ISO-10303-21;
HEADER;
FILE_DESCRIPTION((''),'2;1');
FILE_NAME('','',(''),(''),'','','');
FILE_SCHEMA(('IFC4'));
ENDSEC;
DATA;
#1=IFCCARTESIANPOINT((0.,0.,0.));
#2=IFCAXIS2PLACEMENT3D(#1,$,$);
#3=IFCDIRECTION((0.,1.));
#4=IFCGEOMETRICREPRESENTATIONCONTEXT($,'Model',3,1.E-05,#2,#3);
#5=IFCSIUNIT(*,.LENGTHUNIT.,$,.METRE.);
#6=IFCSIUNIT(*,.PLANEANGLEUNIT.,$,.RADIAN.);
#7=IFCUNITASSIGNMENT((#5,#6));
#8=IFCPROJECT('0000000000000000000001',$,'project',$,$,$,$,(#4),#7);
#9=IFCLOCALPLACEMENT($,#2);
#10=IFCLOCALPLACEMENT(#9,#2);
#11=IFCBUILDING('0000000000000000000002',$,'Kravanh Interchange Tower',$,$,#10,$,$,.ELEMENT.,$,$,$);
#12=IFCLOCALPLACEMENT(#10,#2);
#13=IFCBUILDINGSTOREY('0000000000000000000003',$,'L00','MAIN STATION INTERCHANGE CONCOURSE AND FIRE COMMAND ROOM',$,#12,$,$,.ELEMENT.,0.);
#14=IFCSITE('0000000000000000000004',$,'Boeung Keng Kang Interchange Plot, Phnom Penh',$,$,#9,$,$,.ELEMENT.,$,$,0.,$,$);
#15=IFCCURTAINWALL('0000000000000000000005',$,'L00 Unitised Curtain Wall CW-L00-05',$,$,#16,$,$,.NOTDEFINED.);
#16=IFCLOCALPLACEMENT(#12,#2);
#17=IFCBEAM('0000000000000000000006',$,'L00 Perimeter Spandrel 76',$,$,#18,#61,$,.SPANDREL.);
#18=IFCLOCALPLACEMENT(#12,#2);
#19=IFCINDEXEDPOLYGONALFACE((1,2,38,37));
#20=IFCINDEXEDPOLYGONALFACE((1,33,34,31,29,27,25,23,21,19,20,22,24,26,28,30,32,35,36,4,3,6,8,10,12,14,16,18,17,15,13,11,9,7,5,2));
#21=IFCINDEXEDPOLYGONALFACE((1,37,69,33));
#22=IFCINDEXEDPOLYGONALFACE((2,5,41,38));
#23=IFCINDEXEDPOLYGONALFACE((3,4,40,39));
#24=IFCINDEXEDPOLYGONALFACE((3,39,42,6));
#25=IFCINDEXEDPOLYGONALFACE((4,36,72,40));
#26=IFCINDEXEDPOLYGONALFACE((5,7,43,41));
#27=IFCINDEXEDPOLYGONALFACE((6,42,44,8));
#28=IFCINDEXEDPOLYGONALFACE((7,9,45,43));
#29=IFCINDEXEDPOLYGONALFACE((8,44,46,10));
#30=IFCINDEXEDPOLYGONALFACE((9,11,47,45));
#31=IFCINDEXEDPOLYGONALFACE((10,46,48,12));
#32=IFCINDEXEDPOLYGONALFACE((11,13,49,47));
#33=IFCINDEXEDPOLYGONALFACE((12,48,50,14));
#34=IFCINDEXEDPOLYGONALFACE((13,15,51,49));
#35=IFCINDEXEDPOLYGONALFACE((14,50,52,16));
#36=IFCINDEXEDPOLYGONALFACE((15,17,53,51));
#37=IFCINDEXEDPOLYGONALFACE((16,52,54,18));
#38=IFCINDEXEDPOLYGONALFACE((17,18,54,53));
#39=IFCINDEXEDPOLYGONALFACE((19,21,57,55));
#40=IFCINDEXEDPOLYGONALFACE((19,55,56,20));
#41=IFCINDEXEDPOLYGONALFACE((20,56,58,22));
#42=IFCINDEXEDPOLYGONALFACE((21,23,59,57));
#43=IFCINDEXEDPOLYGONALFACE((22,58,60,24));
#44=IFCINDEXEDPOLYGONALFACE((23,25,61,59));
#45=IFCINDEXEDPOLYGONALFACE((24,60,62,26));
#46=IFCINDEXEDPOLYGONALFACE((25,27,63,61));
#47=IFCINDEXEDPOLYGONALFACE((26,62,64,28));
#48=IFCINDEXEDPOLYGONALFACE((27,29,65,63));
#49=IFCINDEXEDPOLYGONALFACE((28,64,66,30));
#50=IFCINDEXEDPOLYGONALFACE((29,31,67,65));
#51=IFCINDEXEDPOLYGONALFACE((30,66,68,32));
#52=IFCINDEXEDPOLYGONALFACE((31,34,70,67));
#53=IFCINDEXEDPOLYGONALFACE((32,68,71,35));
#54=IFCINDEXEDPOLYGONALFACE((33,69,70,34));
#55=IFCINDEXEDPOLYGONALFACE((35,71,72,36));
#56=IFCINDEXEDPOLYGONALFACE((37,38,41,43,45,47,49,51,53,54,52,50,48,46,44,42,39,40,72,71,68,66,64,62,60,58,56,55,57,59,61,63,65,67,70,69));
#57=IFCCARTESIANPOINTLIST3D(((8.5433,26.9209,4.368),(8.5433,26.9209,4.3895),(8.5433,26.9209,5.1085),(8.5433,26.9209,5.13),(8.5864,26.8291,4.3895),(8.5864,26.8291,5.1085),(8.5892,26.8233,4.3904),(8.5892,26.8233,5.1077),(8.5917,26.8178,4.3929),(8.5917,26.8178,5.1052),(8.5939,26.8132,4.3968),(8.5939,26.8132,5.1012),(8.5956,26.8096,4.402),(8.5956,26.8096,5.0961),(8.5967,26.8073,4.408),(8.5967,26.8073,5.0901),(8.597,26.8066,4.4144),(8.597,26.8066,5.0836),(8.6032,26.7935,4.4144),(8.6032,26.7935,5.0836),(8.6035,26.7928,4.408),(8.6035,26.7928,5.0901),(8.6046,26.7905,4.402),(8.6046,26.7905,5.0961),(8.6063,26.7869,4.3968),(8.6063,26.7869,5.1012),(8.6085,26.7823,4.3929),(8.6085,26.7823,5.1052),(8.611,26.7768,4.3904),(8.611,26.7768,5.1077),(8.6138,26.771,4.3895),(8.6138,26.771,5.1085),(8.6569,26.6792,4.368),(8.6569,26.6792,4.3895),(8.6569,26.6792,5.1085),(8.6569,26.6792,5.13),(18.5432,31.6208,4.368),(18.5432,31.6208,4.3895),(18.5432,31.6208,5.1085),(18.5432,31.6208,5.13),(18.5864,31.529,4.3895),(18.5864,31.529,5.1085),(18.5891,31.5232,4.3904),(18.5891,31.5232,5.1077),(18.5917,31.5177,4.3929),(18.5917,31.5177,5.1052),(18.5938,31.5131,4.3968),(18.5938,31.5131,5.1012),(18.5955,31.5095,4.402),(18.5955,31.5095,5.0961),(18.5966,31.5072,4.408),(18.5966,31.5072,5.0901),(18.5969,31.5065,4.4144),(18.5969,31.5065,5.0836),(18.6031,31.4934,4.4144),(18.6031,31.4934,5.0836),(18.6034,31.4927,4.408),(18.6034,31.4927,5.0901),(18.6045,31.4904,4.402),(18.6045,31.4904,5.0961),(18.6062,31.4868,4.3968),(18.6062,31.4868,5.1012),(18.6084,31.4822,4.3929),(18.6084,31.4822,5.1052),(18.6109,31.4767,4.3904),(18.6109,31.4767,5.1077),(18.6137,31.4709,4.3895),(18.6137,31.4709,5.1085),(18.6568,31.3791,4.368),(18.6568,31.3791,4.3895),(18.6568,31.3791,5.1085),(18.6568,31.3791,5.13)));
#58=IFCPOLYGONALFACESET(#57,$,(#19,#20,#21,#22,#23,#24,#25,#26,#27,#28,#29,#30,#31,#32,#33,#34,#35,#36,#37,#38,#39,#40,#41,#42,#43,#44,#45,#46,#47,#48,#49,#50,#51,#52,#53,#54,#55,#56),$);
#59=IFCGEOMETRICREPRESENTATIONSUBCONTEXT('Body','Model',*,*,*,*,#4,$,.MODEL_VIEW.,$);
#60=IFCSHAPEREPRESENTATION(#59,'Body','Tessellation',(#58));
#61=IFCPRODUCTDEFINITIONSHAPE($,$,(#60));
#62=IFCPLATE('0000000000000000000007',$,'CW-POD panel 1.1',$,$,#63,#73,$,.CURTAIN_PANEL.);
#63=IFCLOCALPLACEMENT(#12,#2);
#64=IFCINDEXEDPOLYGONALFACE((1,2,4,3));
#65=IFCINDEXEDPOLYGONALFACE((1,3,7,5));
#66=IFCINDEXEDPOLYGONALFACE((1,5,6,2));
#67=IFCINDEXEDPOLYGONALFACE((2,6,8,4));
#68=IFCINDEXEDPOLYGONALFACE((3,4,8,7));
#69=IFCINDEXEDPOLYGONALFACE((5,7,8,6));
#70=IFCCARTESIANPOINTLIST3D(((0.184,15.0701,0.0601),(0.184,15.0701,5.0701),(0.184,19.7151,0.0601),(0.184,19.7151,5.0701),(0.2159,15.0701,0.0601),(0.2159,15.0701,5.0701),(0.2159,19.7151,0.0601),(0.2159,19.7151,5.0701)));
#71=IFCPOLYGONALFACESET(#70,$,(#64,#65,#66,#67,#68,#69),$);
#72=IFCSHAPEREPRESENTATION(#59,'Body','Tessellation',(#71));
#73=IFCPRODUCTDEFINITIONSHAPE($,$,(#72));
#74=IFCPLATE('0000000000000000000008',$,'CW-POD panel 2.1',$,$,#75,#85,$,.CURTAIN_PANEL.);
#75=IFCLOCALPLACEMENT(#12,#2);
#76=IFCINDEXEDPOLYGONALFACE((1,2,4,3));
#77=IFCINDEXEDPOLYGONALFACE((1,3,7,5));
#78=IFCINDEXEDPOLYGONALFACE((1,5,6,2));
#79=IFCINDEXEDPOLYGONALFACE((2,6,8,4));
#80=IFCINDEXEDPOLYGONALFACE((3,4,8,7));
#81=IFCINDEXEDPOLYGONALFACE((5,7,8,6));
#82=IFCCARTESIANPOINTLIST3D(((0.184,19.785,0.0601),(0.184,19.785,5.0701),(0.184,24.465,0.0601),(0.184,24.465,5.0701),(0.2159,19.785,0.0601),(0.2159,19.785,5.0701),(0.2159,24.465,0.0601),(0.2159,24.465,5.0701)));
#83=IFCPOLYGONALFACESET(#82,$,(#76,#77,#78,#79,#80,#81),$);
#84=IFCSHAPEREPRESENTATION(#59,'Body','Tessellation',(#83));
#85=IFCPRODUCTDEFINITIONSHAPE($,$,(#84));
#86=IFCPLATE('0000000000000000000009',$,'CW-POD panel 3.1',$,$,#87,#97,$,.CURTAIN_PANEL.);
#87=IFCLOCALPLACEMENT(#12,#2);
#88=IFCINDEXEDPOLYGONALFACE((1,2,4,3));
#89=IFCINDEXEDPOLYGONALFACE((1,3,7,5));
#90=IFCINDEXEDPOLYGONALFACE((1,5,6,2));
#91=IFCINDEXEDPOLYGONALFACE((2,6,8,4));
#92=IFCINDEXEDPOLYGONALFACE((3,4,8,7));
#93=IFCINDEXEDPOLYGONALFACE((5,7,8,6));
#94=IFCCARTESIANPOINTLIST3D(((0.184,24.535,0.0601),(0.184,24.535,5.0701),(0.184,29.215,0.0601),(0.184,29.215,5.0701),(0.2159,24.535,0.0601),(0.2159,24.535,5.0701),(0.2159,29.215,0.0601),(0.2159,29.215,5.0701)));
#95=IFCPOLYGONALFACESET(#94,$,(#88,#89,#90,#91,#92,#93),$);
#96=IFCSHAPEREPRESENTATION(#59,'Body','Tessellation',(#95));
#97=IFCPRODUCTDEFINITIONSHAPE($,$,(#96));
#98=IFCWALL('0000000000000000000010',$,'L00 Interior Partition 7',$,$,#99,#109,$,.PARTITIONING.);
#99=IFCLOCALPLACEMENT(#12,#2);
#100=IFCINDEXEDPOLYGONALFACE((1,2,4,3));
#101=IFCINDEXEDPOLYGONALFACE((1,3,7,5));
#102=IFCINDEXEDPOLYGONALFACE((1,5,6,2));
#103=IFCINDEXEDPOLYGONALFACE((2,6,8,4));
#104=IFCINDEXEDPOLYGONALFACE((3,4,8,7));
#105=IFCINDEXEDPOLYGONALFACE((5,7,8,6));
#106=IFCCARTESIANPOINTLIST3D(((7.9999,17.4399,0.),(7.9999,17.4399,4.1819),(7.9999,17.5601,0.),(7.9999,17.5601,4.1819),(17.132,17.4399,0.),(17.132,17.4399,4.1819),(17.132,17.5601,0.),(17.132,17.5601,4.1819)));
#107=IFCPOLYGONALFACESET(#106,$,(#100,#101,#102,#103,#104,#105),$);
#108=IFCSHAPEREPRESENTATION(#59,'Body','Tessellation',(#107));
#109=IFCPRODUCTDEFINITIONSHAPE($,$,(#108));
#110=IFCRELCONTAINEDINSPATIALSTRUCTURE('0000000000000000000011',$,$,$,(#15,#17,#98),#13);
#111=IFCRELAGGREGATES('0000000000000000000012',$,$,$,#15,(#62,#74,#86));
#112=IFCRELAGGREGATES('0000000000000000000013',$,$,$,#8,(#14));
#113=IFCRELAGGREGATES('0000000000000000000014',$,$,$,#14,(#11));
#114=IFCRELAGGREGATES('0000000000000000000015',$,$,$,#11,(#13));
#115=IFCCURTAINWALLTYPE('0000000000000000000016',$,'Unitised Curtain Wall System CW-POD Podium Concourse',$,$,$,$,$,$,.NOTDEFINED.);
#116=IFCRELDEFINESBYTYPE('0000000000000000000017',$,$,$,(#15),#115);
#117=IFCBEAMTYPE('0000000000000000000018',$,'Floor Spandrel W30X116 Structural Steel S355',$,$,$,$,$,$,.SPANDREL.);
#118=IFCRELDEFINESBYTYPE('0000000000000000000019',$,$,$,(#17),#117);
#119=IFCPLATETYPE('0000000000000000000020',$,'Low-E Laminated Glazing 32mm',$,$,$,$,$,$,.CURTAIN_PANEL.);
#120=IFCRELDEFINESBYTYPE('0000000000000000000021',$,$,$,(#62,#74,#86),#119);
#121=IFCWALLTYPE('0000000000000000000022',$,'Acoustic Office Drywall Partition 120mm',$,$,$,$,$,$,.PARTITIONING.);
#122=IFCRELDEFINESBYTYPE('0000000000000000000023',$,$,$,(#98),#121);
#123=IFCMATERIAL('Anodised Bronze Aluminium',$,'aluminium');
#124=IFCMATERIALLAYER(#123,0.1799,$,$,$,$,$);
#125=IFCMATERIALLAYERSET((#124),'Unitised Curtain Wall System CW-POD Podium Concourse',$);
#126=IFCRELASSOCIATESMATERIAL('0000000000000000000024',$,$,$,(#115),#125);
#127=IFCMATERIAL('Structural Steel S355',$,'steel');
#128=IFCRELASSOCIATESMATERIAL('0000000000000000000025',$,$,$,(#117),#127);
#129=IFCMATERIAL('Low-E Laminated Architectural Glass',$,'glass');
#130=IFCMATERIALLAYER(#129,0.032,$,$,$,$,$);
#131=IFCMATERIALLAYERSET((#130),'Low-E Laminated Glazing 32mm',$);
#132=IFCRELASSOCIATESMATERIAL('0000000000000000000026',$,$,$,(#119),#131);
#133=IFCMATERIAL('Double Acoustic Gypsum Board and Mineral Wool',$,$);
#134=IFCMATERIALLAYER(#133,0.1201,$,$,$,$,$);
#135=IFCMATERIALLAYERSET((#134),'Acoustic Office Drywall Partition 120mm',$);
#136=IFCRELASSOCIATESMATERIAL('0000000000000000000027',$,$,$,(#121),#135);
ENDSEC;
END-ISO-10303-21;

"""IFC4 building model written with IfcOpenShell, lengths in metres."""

from ifc_helpers import new_model, si_unit, direction, frame, frame_2d, origin, origin_2d, place, context, subcontext, project, spatial, rectangle, i_section, extrude, material, layer, layer_set, material_profile, profile_set, type_object, element, aggregate, save


model = new_model("IFC4")

# Units and contexts
model_context = context("Model", 3, precision=1e-05, world=origin(), true_north=direction((0.0, 1.0)))
body_context = subcontext(model_context, "Body", "Model", "MODEL_VIEW")
ifc_project = project(units=[si_unit("LENGTHUNIT", "METRE"), si_unit("PLANEANGLEUNIT", "RADIAN")], contexts=[model_context])

# Site, building, storey
site_placement = place(None, origin())
site = spatial("IfcSite", under=ifc_project, at=site_placement, Name="Boeung Keng Kang Interchange Plot, Phnom Penh", CompositionType="ELEMENT", RefElevation=0.0)
building_placement = place(site_placement, origin())
building = spatial("IfcBuilding", under=site, at=building_placement, Name="Kravanh Interchange Tower", CompositionType="ELEMENT")
storey_placement = place(building_placement, origin())
storey = spatial("IfcBuildingStorey", under=building, at=storey_placement, Name="L00", Description="MAIN STATION INTERCHANGE CONCOURSE AND FIRE COMMAND ROOM", CompositionType="ELEMENT", Elevation=0.0)

# Curtain wall
ifc_material_1 = material(Name="Anodised Bronze Aluminium", Category="aluminium")
ifc_layer_1 = layer(ifc_material_1, 0.1799)
ifc_layer_set_1 = layer_set([ifc_layer_1], Name="Unitised Curtain Wall System CW-POD Podium Concourse")
curtain_wall_type = type_object("IfcCurtainWallType", Name="Unitised Curtain Wall System CW-POD Podium Concourse", PredefinedType="NOTDEFINED", material=ifc_layer_set_1)
curtain_wall_placement = place(storey_placement, origin())
curtain_wall = element("IfcCurtainWall", 1, at=curtain_wall_placement, inside=storey, type_object=curtain_wall_type, Name="L00 Unitised Curtain Wall CW-L00-05", PredefinedType="NOTDEFINED")

# Beam
ifc_material_2 = material(Name="Structural Steel S355", Category="steel")
ifc_material_profile_1 = material_profile(ifc_material_2, i_section(OverallWidth=0.2671, OverallDepth=0.762, WebThickness=0.0144, FlangeThickness=0.0215, FilletRadius=0.0249, at=origin_2d()), Name="W30X116")
ifc_profile_set_1 = profile_set([ifc_material_profile_1], Name="Structural Steel S355")
beam_type_1 = type_object("IfcBeamType", Name="Floor Spandrel W30X116 Structural Steel S355", PredefinedType="SPANDREL", material=ifc_profile_set_1)
beam_1_placement = place(storey_placement, frame((8.6001, 26.8, 4.749), z_axis=(0.905025, 0.425358, 0.0), x_axis=(-0.425358, 0.905025, 0.0)))
element("IfcBeam", 2, at=beam_1_placement, inside=storey, type_object=beam_type_1, Name="L00 Perimeter Spandrel 76", PredefinedType="SPANDREL", context=body_context, shape_type="SweptSolid", body=[
    extrude(i_section(OverallWidth=0.2671, OverallDepth=0.762, WebThickness=0.0144, FlangeThickness=0.0215, FilletRadius=0.0249, at=origin_2d()), origin(), (0.0, 0.0, 1.0), 11.0493),
])

# Plates
ifc_material_3 = material(Name="Low-E Laminated Architectural Glass", Category="glass")
ifc_layer_2 = layer(ifc_material_3, 0.032)
ifc_layer_set_2 = layer_set([ifc_layer_2], Name="Low-E Laminated Glazing 32mm")
plate_type = type_object("IfcPlateType", Name="Low-E Laminated Glazing 32mm", PredefinedType="CURTAIN_PANEL", material=ifc_layer_set_2)
plate_1_placement = place(storey_placement, frame((0.2, 17.3926, 0.0601), z_axis=(0.0, 0.0, 1.0), x_axis=(0.0, 1.0, 0.0)))
plate_1 = element("IfcPlate", 3, at=plate_1_placement, type_object=plate_type, Name="CW-POD panel 1.1", PredefinedType="CURTAIN_PANEL", context=body_context, shape_type="SweptSolid", body=[
    extrude(rectangle(XDim=4.645, YDim=0.032, at=origin_2d()), origin(), (0.0, 0.0, 1.0), 5.01),
])
plate_2_placement = place(storey_placement, frame((0.2, 22.125, 0.0601), z_axis=(0.0, 0.0, 1.0), x_axis=(0.0, 1.0, 0.0)))
plate_2 = element("IfcPlate", 4, at=plate_2_placement, type_object=plate_type, Name="CW-POD panel 2.1", PredefinedType="CURTAIN_PANEL", context=body_context, shape_type="SweptSolid", body=[
    extrude(rectangle(XDim=4.6799, YDim=0.032, at=origin_2d()), origin(), (0.0, 0.0, 1.0), 5.01),
])
plate_3_placement = place(storey_placement, frame((0.2, 26.875, 0.0601), z_axis=(0.0, 0.0, 1.0), x_axis=(0.0, 1.0, 0.0)))
plate_3 = element("IfcPlate", 5, at=plate_3_placement, type_object=plate_type, Name="CW-POD panel 3.1", PredefinedType="CURTAIN_PANEL", context=body_context, shape_type="SweptSolid", body=[
    extrude(rectangle(XDim=4.6799, YDim=0.032, at=origin_2d()), origin(), (0.0, 0.0, 1.0), 5.01),
])
aggregate(curtain_wall, [plate_1, plate_2, plate_3])

# Wall
ifc_material_4 = material(Name="Double Acoustic Gypsum Board and Mineral Wool")
ifc_layer_3 = layer(ifc_material_4, 0.1201)
ifc_layer_set_3 = layer_set([ifc_layer_3], Name="Acoustic Office Drywall Partition 120mm")
wall_type = type_object("IfcWallType", Name="Acoustic Office Drywall Partition 120mm", PredefinedType="PARTITIONING", material=ifc_layer_set_3)
wall_placement = place(storey_placement, frame((8.0, 17.5, 0.0), z_axis=(0.0, 0.0, 1.0), x_axis=(1.0, 0.0, 0.0)))
element("IfcWall", 6, at=wall_placement, inside=storey, type_object=wall_type, Name="L00 Interior Partition 7", PredefinedType="PARTITIONING", context=body_context, shape_type="SweptSolid", body=[
    extrude(rectangle(XDim=9.1321, YDim=0.1201, at=frame_2d((4.5659, 0.0))), origin(), (0.0, 0.0, 1.0), 4.1819),
])

save(model, "model.ifc")
